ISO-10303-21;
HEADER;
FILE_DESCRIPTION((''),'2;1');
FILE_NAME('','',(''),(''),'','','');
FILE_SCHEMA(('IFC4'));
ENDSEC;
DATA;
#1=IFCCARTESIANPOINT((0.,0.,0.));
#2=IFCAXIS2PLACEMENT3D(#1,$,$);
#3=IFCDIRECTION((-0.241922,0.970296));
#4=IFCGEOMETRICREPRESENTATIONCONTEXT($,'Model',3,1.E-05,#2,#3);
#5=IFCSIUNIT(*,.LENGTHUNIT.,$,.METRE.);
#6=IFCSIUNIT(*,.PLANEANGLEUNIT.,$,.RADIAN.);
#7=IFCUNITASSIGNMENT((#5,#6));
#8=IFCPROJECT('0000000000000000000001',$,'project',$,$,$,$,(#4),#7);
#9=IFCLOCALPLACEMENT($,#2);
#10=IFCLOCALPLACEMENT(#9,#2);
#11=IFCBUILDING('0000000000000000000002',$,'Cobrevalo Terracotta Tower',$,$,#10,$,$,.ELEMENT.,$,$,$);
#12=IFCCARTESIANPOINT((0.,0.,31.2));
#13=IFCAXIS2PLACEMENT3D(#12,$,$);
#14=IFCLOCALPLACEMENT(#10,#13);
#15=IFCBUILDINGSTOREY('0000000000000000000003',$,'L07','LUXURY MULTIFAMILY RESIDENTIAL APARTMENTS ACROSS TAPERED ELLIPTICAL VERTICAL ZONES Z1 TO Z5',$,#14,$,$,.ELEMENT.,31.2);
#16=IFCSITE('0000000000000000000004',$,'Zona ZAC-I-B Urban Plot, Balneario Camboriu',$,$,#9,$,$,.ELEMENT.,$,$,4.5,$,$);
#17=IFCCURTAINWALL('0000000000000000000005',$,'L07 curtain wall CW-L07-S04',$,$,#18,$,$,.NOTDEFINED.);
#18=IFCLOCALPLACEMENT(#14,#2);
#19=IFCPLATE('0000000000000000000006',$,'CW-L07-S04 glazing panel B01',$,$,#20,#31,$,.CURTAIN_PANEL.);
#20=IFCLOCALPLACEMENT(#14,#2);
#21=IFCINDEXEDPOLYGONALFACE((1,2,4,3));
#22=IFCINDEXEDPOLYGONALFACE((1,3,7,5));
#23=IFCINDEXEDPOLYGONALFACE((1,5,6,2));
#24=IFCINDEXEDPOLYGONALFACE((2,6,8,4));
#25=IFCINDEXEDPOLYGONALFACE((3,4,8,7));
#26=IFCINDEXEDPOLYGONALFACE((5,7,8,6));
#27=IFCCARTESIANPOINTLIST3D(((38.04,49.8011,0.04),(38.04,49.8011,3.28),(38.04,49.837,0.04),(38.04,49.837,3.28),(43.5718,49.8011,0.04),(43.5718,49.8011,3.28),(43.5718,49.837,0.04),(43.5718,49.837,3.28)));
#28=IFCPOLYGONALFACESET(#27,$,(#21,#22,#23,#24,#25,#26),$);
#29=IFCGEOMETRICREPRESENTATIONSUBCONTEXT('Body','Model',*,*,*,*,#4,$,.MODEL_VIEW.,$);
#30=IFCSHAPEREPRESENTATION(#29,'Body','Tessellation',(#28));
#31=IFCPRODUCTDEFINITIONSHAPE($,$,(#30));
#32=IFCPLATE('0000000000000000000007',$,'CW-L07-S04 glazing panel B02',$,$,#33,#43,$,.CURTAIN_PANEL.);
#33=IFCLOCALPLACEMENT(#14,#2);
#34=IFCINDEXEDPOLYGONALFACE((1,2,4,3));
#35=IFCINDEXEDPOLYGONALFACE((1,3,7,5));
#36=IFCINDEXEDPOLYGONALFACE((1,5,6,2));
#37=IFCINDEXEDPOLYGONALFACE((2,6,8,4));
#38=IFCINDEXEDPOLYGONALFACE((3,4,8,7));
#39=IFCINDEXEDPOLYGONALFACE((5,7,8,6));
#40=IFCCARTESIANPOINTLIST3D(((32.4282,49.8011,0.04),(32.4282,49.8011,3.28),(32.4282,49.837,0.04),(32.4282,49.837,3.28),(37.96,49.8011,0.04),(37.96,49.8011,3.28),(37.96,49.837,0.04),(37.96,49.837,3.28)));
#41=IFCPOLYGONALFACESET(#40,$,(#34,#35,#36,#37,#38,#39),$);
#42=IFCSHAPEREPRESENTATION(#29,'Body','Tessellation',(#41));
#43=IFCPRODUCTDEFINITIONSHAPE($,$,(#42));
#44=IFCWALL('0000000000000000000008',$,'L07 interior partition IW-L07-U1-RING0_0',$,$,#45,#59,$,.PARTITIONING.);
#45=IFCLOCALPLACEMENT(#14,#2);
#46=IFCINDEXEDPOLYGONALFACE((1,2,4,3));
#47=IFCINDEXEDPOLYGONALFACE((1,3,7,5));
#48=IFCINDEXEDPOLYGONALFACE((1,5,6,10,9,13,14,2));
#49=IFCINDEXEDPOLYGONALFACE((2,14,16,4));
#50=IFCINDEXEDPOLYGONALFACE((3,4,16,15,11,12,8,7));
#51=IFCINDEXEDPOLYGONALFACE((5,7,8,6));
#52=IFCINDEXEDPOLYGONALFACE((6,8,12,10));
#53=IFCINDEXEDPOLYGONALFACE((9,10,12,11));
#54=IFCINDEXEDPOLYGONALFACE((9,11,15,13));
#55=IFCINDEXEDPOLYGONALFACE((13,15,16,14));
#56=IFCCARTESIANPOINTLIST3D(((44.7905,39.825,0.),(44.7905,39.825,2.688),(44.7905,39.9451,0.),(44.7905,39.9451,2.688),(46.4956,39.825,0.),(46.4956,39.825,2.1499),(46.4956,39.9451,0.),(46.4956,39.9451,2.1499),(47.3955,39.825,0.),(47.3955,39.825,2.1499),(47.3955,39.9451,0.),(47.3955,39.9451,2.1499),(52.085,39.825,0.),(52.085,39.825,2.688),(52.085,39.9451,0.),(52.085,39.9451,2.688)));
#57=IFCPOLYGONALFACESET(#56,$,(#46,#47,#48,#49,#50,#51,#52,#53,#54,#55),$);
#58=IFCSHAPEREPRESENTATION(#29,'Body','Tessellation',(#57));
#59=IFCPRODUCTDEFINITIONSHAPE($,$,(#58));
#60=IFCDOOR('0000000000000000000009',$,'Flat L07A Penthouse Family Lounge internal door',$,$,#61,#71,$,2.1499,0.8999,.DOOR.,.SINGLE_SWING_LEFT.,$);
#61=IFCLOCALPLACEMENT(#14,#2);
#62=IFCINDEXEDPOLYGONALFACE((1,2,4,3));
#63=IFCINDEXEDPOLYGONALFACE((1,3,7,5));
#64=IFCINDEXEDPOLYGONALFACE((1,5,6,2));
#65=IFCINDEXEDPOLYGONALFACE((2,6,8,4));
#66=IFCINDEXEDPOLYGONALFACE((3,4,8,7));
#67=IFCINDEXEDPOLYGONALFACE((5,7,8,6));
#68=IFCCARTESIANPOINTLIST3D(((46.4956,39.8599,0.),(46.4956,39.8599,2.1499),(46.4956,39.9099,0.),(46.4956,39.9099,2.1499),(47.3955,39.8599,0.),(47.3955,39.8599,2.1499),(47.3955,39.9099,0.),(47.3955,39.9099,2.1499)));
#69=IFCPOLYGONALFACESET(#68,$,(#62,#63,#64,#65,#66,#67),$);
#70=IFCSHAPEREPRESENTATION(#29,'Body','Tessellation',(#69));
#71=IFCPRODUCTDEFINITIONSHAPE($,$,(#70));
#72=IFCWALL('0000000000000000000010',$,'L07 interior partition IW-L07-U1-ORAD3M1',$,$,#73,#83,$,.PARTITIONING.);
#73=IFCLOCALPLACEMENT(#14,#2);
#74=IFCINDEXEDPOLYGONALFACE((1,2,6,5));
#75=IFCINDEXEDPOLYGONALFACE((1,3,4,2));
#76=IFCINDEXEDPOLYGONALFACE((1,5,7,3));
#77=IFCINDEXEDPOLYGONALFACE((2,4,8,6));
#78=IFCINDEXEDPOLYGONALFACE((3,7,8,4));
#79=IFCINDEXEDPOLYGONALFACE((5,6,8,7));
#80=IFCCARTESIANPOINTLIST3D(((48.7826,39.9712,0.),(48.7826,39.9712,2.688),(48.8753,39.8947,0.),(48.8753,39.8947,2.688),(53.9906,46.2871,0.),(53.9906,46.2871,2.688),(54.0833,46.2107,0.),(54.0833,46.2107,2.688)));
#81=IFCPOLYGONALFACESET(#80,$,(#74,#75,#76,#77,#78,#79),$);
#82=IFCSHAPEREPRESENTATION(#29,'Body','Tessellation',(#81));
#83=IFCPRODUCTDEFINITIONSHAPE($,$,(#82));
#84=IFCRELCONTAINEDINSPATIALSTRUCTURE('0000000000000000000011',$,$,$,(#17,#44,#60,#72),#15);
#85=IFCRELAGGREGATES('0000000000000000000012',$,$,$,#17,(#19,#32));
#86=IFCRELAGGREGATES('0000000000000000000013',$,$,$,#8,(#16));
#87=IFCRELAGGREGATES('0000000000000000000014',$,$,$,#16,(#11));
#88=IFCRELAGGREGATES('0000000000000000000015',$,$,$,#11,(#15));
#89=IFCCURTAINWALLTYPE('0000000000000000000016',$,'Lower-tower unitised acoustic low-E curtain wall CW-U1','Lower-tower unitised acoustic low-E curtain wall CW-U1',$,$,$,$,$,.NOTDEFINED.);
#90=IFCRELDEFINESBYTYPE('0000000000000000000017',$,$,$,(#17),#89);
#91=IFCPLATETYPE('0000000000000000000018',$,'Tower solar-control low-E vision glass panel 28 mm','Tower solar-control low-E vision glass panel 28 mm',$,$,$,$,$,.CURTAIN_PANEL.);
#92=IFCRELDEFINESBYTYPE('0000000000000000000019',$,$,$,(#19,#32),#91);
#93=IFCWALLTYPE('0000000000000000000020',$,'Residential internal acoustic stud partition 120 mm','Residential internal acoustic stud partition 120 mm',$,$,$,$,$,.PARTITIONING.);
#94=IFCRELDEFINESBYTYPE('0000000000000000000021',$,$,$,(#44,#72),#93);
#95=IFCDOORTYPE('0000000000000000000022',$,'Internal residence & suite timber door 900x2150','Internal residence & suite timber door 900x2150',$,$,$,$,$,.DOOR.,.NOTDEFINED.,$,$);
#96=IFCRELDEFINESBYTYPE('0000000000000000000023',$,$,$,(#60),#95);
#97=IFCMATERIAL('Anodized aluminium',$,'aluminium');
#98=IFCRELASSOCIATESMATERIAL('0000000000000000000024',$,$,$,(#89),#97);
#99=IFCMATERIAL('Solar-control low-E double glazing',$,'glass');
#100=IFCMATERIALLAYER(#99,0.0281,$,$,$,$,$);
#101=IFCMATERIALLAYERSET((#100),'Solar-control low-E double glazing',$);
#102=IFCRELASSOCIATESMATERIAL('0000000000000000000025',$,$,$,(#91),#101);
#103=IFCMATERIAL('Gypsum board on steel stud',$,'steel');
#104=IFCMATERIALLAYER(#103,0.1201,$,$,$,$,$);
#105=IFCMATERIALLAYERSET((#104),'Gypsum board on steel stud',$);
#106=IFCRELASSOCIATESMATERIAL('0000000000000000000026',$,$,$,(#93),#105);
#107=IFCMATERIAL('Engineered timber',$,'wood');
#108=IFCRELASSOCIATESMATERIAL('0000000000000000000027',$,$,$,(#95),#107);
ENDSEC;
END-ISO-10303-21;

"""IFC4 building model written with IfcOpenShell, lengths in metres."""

from ifc_helpers import new_model, si_unit, direction, frame, frame_2d, origin, origin_2d, place, context, subcontext, project, spatial, rectangle, extrude, source, transform, mapped, material, layer, layer_set, type_object, element, fill, aggregate, save


model = new_model("IFC4")

# Units and contexts
model_context = context("Model", 3, precision=1e-05, world=origin(), true_north=direction((-0.241922, 0.970296)))
body_context = subcontext(model_context, "Body", "Model", "MODEL_VIEW")
ifc_project = project(units=[si_unit("LENGTHUNIT", "METRE"), si_unit("PLANEANGLEUNIT", "RADIAN")], contexts=[model_context])

# Site, building, storey
site_placement = place(None, origin())
site = spatial("IfcSite", under=ifc_project, at=site_placement, Name="Zona ZAC-I-B Urban Plot, Balneario Camboriu", CompositionType="ELEMENT", RefElevation=4.5)
building_placement = place(site_placement, origin())
building = spatial("IfcBuilding", under=site, at=building_placement, Name="Cobrevalo Terracotta Tower", CompositionType="ELEMENT")
storey_placement = place(building_placement, frame((0.0, 0.0, 31.2)))
storey = spatial("IfcBuildingStorey", under=building, at=storey_placement, Name="L07", Description="LUXURY MULTIFAMILY RESIDENTIAL APARTMENTS ACROSS TAPERED ELLIPTICAL VERTICAL ZONES Z1 TO Z5", CompositionType="ELEMENT", Elevation=31.2)

# Curtain wall
ifc_material_1 = material(Name="Anodized aluminium", Category="aluminium")
curtain_wall_type = type_object("IfcCurtainWallType", Name="Lower-tower unitised acoustic low-E curtain wall CW-U1", Description="Lower-tower unitised acoustic low-E curtain wall CW-U1", PredefinedType="NOTDEFINED", material=ifc_material_1)
curtain_wall_1_placement = place(storey_placement, origin())
curtain_wall_1 = element("IfcCurtainWall", 1, at=curtain_wall_1_placement, inside=storey, type_object=curtain_wall_type, Name="L07 curtain wall CW-L07-S04", PredefinedType="NOTDEFINED")

# Plates
ifc_material_2 = material(Name="Solar-control low-E double glazing", Category="glass")
ifc_layer_1 = layer(ifc_material_2, 0.0281)
ifc_layer_set_1 = layer_set([ifc_layer_1], Name="Solar-control low-E double glazing")
plate_type = type_object("IfcPlateType", Name="Tower solar-control low-E vision glass panel 28 mm", Description="Tower solar-control low-E vision glass panel 28 mm", PredefinedType="CURTAIN_PANEL", material=ifc_layer_set_1)
shared_shape_1 = source(origin(), body_context, "Body", "SweptSolid", [
    extrude(rectangle(XDim=5.5317, YDim=0.0359, at=origin_2d()), origin(), (0.0, 0.0, 1.0), 3.24),
])
plate_1_placement = place(storey_placement, frame((40.8059, 49.8191, 0.04), z_axis=(0.0, 0.0, 1.0), x_axis=(-1.0, 0.0, 0.0)))
plate_1 = element("IfcPlate", 2, at=plate_1_placement, type_object=plate_type, Name="CW-L07-S04 glazing panel B01", PredefinedType="CURTAIN_PANEL", context=body_context, shape_type="MappedRepresentation", body=[
    mapped(shared_shape_1, transform((0.0, 0.0, 0.0), scale=1.0)),
])
plate_2_placement = place(storey_placement, frame((35.1941, 49.8191, 0.04), z_axis=(0.0, 0.0, 1.0), x_axis=(-1.0, 0.0, 0.0)))
plate_2 = element("IfcPlate", 3, at=plate_2_placement, type_object=plate_type, Name="CW-L07-S04 glazing panel B02", PredefinedType="CURTAIN_PANEL", context=body_context, shape_type="MappedRepresentation", body=[
    mapped(shared_shape_1, transform((0.0, 0.0, 0.0), scale=1.0)),
])
aggregate(curtain_wall_1, [plate_1, plate_2])

# Wall, opening, door
ifc_material_3 = material(Name="Gypsum board on steel stud", Category="steel")
ifc_layer_2 = layer(ifc_material_3, 0.1201)
ifc_layer_set_2 = layer_set([ifc_layer_2], Name="Gypsum board on steel stud")
wall_type = type_object("IfcWallType", Name="Residential internal acoustic stud partition 120 mm", Description="Residential internal acoustic stud partition 120 mm", PredefinedType="PARTITIONING", material=ifc_layer_set_2)
wall_1_placement = place(storey_placement, frame((44.7905, 39.885, 0.0), z_axis=(0.0, 0.0, 1.0), x_axis=(1.0, 0.0, 0.0)))
wall_1 = element("IfcWall", 4, at=wall_1_placement, inside=storey, type_object=wall_type, Name="L07 interior partition IW-L07-U1-RING0_0", PredefinedType="PARTITIONING", context=body_context, shape_type="SweptSolid", body=[
    extrude(rectangle(XDim=7.2944, YDim=0.1201, at=frame_2d((3.6472, 0.0))), origin(), (0.0, 0.0, 1.0), 2.688),
])
opening_1_placement = place(wall_1_placement, frame((1.7051, 0.0, 0.0)))
opening_1 = element("IfcOpeningElement", 5, at=opening_1_placement, cuts=wall_1, PredefinedType="OPENING", context=body_context, shape_type="SweptSolid", body=[
    extrude(rectangle(XDim=0.8999, YDim=2.1499, at=frame_2d((0.45, 1.075))), frame((0.0, 0.0701, 0.0), z_axis=(0.0, -1.0, 0.0), x_axis=(1.0, 0.0, 0.0)), (0.0, 0.0, 1.0), 0.1401),
])
ifc_material_4 = material(Name="Engineered timber", Category="wood")
door_type_1 = type_object("IfcDoorType", Name="Internal residence & suite timber door 900x2150", Description="Internal residence & suite timber door 900x2150", OperationType="NOTDEFINED", PredefinedType="DOOR", material=ifc_material_4)
shared_shape_2 = source(origin(), body_context, "Body", "SweptSolid", [
    extrude(rectangle(XDim=0.8999, YDim=2.1499, at=frame_2d((0.45, 1.075))), frame((0.0, 0.0249, 0.0), z_axis=(0.0, -1.0, 0.0), x_axis=(1.0, 0.0, 0.0)), (0.0, 0.0, 1.0), 0.05),
])
door_1_placement = place(opening_1_placement, origin())
door_1 = element("IfcDoor", 6, at=door_1_placement, inside=storey, type_object=door_type_1, Name="Flat L07A Penthouse Family Lounge internal door", OperationType="SINGLE_SWING_LEFT", OverallHeight=2.1499, OverallWidth=0.8999, PredefinedType="DOOR", context=body_context, shape_type="MappedRepresentation", body=[
    mapped(shared_shape_2, transform((0.0, 0.0, 0.0), scale=1.0)),
])
fill(opening_1, door_1)

# Wall
wall_2_placement = place(storey_placement, frame((48.8289, 39.9329, 0.0), z_axis=(0.0, 0.0, 1.0), x_axis=(0.636192, 0.771531, 0.0)))
element("IfcWall", 7, at=wall_2_placement, inside=storey, type_object=wall_type, Name="L07 interior partition IW-L07-U1-ORAD3M1", PredefinedType="PARTITIONING", context=body_context, shape_type="SweptSolid", body=[
    extrude(rectangle(XDim=8.1863, YDim=0.1201, at=frame_2d((4.0933, 0.0))), origin(), (0.0, 0.0, 1.0), 2.688),
])

save(model, "model.ifc")
